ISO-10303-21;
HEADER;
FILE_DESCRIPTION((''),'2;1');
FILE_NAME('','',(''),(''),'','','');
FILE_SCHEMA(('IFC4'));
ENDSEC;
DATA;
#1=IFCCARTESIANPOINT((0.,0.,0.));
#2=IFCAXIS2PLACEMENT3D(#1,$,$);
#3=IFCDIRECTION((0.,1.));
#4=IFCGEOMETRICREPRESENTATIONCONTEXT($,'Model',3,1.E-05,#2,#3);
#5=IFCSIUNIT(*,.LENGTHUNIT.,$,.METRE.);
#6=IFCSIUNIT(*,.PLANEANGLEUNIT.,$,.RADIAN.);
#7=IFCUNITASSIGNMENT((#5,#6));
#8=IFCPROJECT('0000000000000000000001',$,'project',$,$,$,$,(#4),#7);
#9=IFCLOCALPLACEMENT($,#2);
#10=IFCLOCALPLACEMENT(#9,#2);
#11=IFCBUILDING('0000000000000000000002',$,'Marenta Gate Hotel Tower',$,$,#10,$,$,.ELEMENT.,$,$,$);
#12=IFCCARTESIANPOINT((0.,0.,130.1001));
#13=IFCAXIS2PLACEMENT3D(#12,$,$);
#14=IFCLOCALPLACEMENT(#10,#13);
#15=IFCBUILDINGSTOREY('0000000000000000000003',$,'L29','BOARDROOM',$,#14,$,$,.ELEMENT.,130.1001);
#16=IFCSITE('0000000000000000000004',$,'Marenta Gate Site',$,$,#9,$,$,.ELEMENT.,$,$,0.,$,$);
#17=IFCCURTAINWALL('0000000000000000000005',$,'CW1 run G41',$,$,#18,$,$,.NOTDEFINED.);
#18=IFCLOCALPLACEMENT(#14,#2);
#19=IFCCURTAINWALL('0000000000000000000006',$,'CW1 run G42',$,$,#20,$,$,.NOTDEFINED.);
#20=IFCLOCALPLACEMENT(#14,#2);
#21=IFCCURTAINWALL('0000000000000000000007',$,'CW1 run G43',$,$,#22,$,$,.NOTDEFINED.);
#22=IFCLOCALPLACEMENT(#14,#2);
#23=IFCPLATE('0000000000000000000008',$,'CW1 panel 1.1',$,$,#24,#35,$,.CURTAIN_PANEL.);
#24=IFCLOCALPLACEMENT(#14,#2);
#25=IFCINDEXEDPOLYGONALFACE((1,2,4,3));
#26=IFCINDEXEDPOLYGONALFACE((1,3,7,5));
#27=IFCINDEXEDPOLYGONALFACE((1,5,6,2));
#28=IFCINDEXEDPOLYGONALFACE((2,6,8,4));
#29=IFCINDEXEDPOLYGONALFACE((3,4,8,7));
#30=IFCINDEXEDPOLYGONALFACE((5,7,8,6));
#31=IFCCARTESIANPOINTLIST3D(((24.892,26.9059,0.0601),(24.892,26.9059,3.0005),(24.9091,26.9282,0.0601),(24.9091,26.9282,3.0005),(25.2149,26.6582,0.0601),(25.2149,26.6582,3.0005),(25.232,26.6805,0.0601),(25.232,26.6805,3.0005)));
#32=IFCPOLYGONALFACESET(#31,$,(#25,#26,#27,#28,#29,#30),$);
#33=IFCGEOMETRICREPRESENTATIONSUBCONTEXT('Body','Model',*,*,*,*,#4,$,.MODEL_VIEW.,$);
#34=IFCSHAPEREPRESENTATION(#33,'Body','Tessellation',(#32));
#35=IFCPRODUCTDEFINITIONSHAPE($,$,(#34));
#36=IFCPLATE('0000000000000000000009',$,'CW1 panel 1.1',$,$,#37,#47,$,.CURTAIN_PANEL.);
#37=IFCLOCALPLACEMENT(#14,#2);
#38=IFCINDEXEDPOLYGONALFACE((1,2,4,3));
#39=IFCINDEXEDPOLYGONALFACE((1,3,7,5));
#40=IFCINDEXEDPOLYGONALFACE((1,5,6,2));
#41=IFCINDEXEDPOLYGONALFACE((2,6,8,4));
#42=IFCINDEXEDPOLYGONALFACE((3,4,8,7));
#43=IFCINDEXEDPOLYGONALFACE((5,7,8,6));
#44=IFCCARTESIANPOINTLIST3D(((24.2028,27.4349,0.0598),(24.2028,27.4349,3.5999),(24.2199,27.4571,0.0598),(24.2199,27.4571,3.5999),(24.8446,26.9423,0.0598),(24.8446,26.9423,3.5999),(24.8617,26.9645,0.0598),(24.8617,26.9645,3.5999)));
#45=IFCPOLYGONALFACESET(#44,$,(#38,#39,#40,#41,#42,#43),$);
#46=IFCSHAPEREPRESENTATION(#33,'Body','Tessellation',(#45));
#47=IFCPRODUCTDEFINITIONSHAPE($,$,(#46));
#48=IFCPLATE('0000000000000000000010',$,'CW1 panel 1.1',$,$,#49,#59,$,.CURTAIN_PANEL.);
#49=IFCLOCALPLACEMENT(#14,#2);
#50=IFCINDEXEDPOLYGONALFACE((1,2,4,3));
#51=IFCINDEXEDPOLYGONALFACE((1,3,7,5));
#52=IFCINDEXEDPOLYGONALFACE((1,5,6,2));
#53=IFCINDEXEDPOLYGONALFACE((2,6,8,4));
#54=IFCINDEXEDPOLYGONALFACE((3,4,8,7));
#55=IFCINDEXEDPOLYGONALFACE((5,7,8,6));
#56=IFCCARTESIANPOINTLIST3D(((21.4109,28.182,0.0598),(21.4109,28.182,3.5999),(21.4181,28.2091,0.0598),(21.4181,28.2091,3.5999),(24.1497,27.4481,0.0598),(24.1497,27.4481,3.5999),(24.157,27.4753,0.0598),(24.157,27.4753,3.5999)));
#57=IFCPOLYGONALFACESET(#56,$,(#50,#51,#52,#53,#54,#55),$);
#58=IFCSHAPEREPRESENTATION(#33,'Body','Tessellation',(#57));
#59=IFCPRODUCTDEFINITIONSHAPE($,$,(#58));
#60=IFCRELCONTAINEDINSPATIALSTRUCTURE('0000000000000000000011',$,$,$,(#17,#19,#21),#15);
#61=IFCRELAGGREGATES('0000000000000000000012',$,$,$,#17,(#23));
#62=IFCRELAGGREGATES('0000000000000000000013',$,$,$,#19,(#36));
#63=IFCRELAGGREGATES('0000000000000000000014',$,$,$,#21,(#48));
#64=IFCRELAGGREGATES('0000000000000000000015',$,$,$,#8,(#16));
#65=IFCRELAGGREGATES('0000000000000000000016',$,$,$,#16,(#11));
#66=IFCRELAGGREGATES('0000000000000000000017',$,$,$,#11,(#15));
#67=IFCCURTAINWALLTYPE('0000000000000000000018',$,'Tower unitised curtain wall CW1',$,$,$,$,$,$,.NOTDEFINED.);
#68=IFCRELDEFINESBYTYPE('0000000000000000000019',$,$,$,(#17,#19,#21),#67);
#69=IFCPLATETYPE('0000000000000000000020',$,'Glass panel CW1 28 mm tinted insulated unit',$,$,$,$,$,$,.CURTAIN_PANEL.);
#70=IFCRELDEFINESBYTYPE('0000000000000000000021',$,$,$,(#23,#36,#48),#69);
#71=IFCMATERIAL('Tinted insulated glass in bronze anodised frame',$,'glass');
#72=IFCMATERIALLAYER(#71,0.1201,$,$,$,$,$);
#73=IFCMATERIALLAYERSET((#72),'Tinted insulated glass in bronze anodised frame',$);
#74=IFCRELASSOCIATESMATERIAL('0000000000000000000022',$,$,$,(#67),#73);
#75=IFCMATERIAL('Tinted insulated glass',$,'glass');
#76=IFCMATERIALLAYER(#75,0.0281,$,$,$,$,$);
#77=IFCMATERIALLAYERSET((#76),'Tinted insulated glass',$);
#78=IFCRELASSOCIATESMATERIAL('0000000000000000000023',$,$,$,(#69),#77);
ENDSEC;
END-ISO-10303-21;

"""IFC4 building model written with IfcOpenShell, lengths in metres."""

from ifc_helpers import new_model, si_unit, direction, frame, origin, origin_2d, place, context, subcontext, project, spatial, rectangle, extrude, material, layer, layer_set, type_object, element, aggregate, save


model = new_model("IFC4")

# Units and contexts
model_context = context("Model", 3, precision=1e-05, world=origin(), true_north=direction((0.0, 1.0)))
body_context = subcontext(model_context, "Body", "Model", "MODEL_VIEW")
ifc_project = project(units=[si_unit("LENGTHUNIT", "METRE"), si_unit("PLANEANGLEUNIT", "RADIAN")], contexts=[model_context])

# Site, building, storey
site_placement = place(None, origin())
site = spatial("IfcSite", under=ifc_project, at=site_placement, Name="Marenta Gate Site", CompositionType="ELEMENT", RefElevation=0.0)
building_placement = place(site_placement, origin())
building = spatial("IfcBuilding", under=site, at=building_placement, Name="Marenta Gate Hotel Tower", CompositionType="ELEMENT")
storey_placement = place(building_placement, frame((0.0, 0.0, 130.1001)))
storey = spatial("IfcBuildingStorey", under=building, at=storey_placement, Name="L29", Description="BOARDROOM", CompositionType="ELEMENT", Elevation=130.1001)

# Curtain walls
ifc_material_1 = material(Name="Tinted insulated glass in bronze anodised frame", Category="glass")
ifc_layer_1 = layer(ifc_material_1, 0.1201)
ifc_layer_set_1 = layer_set([ifc_layer_1], Name="Tinted insulated glass in bronze anodised frame")
curtain_wall_type = type_object("IfcCurtainWallType", Name="Tower unitised curtain wall CW1", PredefinedType="NOTDEFINED", material=ifc_layer_set_1)
curtain_wall_1_placement = place(storey_placement, origin())
curtain_wall_1 = element("IfcCurtainWall", 1, at=curtain_wall_1_placement, inside=storey, type_object=curtain_wall_type, Name="CW1 run G41", PredefinedType="NOTDEFINED")
curtain_wall_2_placement = place(storey_placement, origin())
curtain_wall_2 = element("IfcCurtainWall", 2, at=curtain_wall_2_placement, inside=storey, type_object=curtain_wall_type, Name="CW1 run G42", PredefinedType="NOTDEFINED")
curtain_wall_3_placement = place(storey_placement, origin())
curtain_wall_3 = element("IfcCurtainWall", 3, at=curtain_wall_3_placement, inside=storey, type_object=curtain_wall_type, Name="CW1 run G43", PredefinedType="NOTDEFINED")

# Plates
ifc_material_2 = material(Name="Tinted insulated glass", Category="glass")
ifc_layer_2 = layer(ifc_material_2, 0.0281)
ifc_layer_set_2 = layer_set([ifc_layer_2], Name="Tinted insulated glass")
plate_type = type_object("IfcPlateType", Name="Glass panel CW1 28 mm tinted insulated unit", PredefinedType="CURTAIN_PANEL", material=ifc_layer_set_2)
plate_1_placement = place(storey_placement, frame((25.062, 26.7932, 0.0601), z_axis=(0.0, 0.0, 1.0), x_axis=(-0.793372, 0.608737, 0.0)))
plate_1 = element("IfcPlate", 4, at=plate_1_placement, type_object=plate_type, Name="CW1 panel 1.1", PredefinedType="CURTAIN_PANEL", context=body_context, shape_type="SweptSolid", body=[
    extrude(rectangle(XDim=0.407, YDim=0.0281, at=origin_2d()), origin(), (0.0, 0.0, 1.0), 2.9404),
])
aggregate(curtain_wall_1, [plate_1])
plate_2_placement = place(storey_placement, frame((24.5322, 27.1997, 0.0598), z_axis=(0.0, 0.0, 1.0), x_axis=(-0.793295, 0.608837, 0.0)))
plate_2 = element("IfcPlate", 5, at=plate_2_placement, type_object=plate_type, Name="CW1 panel 1.1", PredefinedType="CURTAIN_PANEL", context=body_context, shape_type="SweptSolid", body=[
    extrude(rectangle(XDim=0.8091, YDim=0.0281, at=origin_2d()), origin(), (0.0, 0.0, 1.0), 3.54),
])
aggregate(curtain_wall_2, [plate_2])
plate_3_placement = place(storey_placement, frame((22.7839, 27.8286, 0.0598), z_axis=(0.0, 0.0, 1.0), x_axis=(-0.965929, 0.258806, 0.0)))
plate_3 = element("IfcPlate", 6, at=plate_3_placement, type_object=plate_type, Name="CW1 panel 1.1", PredefinedType="CURTAIN_PANEL", context=body_context, shape_type="SweptSolid", body=[
    extrude(rectangle(XDim=2.8354, YDim=0.0281, at=origin_2d()), origin(), (0.0, 0.0, 1.0), 3.54),
])
aggregate(curtain_wall_3, [plate_3])

save(model, "model.ifc")
